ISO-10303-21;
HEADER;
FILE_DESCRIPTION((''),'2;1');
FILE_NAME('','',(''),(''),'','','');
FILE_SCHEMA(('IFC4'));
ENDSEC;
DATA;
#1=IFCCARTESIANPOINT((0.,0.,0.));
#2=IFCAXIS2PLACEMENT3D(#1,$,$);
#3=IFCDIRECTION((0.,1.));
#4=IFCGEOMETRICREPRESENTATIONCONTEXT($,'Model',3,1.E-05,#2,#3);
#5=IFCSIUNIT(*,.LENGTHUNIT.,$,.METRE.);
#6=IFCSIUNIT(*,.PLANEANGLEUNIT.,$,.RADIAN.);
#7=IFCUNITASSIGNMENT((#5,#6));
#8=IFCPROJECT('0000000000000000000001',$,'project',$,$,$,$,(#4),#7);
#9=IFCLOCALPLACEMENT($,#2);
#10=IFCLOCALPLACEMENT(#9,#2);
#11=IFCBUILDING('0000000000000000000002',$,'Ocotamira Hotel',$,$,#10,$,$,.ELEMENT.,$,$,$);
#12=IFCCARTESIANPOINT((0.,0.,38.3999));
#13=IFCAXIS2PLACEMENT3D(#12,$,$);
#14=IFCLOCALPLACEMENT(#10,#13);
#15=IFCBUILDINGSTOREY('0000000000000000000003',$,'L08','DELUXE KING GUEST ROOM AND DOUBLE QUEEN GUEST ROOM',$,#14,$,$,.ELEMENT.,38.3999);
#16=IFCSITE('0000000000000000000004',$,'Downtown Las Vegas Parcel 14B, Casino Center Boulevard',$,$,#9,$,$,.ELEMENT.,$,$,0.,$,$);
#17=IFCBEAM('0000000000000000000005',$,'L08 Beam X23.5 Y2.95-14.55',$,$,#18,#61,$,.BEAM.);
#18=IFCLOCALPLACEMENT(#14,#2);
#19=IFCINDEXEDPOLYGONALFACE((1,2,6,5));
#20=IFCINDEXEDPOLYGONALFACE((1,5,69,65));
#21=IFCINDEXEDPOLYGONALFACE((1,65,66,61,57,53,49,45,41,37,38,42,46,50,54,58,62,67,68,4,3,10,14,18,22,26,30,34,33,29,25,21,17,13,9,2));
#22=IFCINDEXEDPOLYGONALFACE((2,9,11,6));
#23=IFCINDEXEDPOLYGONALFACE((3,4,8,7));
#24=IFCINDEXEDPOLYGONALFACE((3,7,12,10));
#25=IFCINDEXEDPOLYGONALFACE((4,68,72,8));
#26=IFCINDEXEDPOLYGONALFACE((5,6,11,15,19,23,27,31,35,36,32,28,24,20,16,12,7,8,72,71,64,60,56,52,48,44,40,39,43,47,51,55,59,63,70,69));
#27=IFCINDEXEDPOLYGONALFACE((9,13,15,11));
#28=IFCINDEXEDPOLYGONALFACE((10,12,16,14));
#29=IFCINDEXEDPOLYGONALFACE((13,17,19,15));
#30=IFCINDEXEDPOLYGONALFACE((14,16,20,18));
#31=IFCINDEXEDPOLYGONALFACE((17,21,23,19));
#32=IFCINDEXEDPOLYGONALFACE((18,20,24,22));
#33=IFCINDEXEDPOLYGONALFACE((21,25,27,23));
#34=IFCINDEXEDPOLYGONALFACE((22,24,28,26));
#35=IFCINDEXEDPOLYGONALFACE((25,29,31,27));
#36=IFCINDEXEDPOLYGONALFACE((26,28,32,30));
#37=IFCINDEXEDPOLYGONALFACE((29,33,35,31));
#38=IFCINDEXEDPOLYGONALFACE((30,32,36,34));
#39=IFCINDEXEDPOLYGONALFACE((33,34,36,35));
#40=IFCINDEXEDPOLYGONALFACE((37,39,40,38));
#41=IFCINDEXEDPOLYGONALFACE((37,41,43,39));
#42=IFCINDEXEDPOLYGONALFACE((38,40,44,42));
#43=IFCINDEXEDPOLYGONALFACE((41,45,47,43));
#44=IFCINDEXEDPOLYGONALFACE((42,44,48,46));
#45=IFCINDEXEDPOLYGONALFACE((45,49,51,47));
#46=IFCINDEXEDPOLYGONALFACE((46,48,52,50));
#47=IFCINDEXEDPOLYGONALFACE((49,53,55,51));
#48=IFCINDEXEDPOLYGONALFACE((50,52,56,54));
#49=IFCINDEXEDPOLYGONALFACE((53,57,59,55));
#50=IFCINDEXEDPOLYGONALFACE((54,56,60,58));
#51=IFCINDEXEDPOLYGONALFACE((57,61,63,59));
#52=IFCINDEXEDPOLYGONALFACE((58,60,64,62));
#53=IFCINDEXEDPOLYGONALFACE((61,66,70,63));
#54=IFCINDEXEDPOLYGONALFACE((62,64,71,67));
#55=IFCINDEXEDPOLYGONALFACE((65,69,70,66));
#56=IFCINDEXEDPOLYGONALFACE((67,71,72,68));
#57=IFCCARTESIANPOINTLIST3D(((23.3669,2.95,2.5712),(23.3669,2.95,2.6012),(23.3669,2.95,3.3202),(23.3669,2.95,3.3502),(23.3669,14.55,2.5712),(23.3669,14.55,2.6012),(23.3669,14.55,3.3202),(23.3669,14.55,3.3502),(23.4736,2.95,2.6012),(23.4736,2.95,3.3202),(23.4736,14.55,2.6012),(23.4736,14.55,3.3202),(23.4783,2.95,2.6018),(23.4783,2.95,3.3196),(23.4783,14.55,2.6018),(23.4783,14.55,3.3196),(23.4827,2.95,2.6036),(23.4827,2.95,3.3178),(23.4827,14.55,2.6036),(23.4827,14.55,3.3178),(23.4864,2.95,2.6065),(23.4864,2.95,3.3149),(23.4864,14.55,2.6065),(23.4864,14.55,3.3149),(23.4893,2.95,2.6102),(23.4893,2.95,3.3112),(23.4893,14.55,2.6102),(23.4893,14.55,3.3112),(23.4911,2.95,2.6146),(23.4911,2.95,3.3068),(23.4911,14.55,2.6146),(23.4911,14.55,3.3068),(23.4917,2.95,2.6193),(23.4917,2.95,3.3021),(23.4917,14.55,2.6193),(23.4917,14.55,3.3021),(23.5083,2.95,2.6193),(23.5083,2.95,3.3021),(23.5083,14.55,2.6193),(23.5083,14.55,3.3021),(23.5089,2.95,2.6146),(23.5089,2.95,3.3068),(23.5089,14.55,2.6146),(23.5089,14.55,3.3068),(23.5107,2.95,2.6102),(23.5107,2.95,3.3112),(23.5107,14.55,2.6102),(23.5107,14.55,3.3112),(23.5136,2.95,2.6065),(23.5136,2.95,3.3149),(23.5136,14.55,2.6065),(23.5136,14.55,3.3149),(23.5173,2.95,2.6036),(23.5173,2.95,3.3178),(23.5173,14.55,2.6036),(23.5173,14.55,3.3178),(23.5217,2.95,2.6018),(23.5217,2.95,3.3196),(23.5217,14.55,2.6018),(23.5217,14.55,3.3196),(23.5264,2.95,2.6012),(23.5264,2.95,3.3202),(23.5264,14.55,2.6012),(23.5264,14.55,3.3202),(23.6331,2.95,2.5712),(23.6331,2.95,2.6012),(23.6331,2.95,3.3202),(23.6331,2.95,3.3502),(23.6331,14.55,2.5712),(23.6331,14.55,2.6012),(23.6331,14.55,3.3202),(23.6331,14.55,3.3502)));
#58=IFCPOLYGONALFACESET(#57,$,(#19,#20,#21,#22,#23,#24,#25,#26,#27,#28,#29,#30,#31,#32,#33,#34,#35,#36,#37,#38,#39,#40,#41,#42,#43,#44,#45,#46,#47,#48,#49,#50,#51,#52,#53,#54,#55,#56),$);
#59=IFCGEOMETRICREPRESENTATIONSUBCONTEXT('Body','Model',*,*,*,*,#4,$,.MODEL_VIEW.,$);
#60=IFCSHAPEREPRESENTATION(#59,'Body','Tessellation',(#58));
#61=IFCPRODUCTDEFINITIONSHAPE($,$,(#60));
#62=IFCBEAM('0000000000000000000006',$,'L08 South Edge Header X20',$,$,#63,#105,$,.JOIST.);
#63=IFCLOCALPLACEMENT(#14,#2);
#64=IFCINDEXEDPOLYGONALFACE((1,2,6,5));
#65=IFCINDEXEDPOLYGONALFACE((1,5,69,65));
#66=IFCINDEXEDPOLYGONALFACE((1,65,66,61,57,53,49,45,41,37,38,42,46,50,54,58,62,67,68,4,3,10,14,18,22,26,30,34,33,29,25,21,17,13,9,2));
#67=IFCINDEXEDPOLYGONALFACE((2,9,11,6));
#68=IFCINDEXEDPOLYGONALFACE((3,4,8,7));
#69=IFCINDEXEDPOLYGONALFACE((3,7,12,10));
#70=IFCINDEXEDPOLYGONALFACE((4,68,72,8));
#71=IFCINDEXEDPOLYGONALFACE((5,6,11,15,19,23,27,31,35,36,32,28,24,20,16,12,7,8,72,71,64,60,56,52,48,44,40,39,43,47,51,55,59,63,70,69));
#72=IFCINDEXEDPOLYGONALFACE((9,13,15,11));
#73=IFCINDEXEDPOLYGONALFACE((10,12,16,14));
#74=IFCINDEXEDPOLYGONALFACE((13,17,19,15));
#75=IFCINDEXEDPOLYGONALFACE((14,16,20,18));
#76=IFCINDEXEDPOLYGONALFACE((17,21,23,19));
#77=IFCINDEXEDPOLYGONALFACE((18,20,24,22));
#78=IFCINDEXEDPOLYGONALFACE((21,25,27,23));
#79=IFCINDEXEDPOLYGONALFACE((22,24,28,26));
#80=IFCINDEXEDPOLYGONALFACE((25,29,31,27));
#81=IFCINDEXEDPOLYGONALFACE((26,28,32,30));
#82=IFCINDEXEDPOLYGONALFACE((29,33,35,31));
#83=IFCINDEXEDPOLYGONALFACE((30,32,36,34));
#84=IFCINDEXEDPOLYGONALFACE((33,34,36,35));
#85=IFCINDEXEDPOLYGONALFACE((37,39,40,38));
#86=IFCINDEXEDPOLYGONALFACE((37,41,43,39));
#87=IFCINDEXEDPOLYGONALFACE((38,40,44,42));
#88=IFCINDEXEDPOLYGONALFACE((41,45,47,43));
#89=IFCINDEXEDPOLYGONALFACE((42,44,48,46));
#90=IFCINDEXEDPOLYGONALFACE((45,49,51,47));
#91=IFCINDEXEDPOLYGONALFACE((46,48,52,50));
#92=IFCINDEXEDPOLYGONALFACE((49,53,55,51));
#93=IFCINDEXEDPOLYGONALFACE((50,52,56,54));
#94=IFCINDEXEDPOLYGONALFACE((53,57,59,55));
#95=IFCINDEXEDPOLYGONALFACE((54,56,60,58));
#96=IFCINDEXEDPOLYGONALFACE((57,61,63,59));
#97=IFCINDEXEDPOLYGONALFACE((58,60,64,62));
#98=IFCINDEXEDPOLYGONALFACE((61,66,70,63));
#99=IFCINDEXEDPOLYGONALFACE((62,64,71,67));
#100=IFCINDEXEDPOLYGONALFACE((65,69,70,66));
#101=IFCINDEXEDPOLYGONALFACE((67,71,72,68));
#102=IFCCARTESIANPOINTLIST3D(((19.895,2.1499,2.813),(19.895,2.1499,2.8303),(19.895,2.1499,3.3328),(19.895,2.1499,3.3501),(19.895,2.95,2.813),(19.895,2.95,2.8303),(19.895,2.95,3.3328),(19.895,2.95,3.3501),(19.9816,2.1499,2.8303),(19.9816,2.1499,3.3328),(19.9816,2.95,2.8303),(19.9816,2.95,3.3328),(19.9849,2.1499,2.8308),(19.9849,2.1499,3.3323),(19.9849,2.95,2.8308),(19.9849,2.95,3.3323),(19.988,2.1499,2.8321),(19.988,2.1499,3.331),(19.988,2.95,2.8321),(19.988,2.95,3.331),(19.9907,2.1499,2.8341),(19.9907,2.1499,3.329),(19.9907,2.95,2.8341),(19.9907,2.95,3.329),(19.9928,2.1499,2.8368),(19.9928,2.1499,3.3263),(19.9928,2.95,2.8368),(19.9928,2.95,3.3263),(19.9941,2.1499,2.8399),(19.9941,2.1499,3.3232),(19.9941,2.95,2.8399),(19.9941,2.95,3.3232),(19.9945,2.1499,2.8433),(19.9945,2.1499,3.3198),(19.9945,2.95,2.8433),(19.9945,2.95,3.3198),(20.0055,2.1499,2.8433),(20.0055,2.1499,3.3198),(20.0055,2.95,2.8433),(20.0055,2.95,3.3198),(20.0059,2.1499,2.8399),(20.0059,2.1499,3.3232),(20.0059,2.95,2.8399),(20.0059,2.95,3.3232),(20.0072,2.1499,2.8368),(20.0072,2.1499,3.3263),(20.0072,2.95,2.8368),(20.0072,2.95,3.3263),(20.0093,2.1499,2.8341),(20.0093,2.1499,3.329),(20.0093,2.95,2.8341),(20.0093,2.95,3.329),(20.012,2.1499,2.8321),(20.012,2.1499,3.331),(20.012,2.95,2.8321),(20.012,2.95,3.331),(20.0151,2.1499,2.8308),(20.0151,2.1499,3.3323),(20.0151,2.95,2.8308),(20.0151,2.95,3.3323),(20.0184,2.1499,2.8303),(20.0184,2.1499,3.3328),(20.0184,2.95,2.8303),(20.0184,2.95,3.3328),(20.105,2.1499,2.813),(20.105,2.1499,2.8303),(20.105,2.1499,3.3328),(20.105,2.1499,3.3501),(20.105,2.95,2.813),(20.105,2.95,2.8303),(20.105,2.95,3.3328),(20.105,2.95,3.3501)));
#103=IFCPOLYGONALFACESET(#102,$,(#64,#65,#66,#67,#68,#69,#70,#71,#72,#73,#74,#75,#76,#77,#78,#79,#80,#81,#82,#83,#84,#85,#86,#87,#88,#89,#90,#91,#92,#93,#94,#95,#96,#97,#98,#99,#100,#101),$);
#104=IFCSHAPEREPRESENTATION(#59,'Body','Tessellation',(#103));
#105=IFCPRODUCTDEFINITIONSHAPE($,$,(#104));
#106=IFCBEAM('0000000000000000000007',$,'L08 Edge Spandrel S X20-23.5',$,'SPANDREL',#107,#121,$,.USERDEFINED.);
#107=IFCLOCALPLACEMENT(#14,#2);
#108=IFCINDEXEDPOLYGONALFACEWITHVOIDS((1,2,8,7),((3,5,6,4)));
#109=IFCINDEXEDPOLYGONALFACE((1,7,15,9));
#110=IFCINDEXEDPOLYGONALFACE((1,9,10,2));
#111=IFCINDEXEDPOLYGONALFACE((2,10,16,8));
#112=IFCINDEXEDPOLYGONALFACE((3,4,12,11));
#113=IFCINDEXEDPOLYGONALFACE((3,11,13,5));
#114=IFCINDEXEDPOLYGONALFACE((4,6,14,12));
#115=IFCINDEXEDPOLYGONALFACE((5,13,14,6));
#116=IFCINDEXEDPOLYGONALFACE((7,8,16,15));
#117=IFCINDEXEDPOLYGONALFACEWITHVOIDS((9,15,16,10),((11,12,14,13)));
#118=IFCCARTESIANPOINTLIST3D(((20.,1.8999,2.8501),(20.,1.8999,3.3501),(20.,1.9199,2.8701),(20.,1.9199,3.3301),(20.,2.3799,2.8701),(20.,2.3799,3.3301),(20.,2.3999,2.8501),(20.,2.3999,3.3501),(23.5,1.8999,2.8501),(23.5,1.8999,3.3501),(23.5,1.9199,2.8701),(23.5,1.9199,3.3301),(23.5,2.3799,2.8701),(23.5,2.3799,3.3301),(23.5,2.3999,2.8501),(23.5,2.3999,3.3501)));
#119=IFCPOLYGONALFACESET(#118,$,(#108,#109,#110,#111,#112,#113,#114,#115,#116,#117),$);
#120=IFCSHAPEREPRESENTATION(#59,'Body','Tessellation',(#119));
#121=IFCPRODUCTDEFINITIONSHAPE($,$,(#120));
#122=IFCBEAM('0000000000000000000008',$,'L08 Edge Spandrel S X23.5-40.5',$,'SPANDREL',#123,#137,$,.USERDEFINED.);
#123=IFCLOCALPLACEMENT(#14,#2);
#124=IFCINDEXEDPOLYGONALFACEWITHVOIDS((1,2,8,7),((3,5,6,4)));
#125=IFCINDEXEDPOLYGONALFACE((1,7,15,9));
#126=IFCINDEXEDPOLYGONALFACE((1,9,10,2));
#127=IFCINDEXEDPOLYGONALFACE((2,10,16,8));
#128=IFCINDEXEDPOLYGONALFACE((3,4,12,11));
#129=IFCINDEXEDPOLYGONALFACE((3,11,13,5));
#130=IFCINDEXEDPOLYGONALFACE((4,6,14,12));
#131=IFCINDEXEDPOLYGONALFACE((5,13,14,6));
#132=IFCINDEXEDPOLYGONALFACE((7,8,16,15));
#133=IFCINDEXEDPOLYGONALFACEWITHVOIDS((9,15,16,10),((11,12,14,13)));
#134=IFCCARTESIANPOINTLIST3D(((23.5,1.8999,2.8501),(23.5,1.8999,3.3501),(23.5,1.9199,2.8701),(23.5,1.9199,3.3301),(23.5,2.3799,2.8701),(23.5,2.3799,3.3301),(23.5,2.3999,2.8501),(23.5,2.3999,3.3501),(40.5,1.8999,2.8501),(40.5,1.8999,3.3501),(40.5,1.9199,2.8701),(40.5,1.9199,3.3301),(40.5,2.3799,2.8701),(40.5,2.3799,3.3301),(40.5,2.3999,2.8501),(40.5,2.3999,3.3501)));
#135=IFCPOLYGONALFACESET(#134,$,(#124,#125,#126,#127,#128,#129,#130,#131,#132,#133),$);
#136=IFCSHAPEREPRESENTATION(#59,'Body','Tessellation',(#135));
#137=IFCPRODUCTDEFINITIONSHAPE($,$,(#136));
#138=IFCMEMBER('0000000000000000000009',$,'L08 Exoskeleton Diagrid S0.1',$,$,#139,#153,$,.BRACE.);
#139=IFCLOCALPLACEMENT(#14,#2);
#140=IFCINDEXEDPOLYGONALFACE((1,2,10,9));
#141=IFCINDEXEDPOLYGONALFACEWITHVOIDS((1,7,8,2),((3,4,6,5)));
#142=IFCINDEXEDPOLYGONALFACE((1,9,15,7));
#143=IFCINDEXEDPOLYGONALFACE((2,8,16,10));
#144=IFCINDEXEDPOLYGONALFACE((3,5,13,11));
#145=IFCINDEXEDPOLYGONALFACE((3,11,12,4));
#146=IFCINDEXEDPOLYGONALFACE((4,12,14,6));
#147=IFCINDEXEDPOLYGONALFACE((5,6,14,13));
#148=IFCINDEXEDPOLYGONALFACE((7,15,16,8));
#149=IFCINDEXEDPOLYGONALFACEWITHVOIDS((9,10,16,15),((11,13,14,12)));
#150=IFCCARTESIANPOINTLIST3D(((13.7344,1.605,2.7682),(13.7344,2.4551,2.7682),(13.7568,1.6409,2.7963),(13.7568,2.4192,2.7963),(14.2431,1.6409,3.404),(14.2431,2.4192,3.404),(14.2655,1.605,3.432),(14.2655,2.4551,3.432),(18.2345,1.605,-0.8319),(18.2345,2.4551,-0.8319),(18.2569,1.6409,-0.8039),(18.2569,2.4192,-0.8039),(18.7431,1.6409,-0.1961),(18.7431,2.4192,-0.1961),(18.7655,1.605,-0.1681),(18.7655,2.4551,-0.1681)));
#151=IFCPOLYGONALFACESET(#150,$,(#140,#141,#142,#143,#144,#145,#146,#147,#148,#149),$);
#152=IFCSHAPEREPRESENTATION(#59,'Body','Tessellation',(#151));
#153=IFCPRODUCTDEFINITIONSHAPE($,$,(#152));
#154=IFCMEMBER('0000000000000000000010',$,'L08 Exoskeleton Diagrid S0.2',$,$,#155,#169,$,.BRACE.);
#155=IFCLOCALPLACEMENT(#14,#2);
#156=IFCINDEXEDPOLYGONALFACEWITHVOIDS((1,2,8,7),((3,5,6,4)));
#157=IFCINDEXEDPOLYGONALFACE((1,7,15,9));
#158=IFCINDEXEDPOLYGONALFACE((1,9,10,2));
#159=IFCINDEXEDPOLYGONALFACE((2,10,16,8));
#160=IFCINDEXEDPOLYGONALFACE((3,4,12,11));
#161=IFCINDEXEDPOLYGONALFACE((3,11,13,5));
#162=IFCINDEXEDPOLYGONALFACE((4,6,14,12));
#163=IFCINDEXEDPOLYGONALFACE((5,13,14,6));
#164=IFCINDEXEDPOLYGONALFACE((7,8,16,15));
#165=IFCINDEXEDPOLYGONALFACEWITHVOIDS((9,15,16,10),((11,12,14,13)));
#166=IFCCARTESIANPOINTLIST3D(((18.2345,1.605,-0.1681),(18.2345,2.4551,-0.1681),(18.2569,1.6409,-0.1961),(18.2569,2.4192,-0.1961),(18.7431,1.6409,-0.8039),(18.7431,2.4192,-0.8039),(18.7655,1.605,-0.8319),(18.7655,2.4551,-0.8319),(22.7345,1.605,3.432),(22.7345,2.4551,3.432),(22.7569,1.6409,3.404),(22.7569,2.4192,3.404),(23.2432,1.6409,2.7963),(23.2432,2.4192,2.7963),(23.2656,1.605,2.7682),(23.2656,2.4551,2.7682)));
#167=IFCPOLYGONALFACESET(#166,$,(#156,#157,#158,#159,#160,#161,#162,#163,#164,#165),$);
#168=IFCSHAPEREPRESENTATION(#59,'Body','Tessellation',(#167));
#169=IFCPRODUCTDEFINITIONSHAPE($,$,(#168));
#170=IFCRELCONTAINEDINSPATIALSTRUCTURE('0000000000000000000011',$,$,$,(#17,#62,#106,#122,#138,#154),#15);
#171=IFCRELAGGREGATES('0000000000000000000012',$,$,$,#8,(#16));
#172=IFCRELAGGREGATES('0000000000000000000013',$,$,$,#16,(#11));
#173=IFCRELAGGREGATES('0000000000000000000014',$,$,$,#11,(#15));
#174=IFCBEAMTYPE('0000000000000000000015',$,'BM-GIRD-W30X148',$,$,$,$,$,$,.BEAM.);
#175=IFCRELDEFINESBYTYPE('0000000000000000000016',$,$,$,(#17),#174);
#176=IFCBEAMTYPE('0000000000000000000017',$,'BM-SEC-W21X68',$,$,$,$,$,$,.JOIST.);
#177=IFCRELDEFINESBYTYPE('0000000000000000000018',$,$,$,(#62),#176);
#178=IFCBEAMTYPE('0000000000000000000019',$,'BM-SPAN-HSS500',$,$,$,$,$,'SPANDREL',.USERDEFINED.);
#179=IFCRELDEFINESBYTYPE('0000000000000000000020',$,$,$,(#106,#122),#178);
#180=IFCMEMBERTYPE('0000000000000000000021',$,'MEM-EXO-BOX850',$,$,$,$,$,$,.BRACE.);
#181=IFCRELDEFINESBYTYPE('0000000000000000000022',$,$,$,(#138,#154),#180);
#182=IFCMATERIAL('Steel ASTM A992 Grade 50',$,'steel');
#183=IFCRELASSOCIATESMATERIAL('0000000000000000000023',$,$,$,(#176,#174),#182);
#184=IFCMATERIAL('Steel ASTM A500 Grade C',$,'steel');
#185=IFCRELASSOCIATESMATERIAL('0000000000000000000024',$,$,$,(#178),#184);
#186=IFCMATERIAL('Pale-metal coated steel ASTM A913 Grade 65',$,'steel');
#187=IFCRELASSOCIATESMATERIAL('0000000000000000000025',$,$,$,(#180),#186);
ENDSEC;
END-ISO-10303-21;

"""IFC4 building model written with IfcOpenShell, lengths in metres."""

from ifc_helpers import new_model, si_unit, direction, frame, origin, origin_2d, place, context, subcontext, project, spatial, hollow_rectangle, i_section, extrude, source, transform, mapped, material, material_profile, profile_set, type_object, element, save


model = new_model("IFC4")

# Units and contexts
model_context = context("Model", 3, precision=1e-05, world=origin(), true_north=direction((0.0, 1.0)))
body_context = subcontext(model_context, "Body", "Model", "MODEL_VIEW")
ifc_project = project(units=[si_unit("LENGTHUNIT", "METRE"), si_unit("PLANEANGLEUNIT", "RADIAN")], contexts=[model_context])

# Site, building, storey
site_placement = place(None, origin())
site = spatial("IfcSite", under=ifc_project, at=site_placement, Name="Downtown Las Vegas Parcel 14B, Casino Center Boulevard", CompositionType="ELEMENT", RefElevation=0.0)
building_placement = place(site_placement, origin())
building = spatial("IfcBuilding", under=site, at=building_placement, Name="Ocotamira Hotel", CompositionType="ELEMENT")
storey_placement = place(building_placement, frame((0.0, 0.0, 38.3999)))
storey = spatial("IfcBuildingStorey", under=building, at=storey_placement, Name="L08", Description="DELUXE KING GUEST ROOM AND DOUBLE QUEEN GUEST ROOM", CompositionType="ELEMENT", Elevation=38.3999)

# Beams
ifc_material_1 = material(Name="Steel ASTM A992 Grade 50", Category="steel")
ifc_material_profile_1 = material_profile(ifc_material_1, i_section(OverallWidth=0.21, OverallDepth=0.5371, WebThickness=0.011, FlangeThickness=0.0173, FilletRadius=0.0129, at=origin_2d()), Name="W21X68")
ifc_profile_set_1 = profile_set([ifc_material_profile_1], Name="Steel ASTM A992 Grade 50")
beam_type_1 = type_object("IfcBeamType", Name="BM-SEC-W21X68", PredefinedType="JOIST", material=ifc_profile_set_1)
ifc_material_profile_2 = material_profile(ifc_material_1, i_section(OverallWidth=0.2661, OverallDepth=0.7791, WebThickness=0.0166, FlangeThickness=0.03, FilletRadius=0.0181, at=origin_2d()), Name="W30X148")
ifc_profile_set_2 = profile_set([ifc_material_profile_2], Name="Steel ASTM A992 Grade 50")
beam_type_2 = type_object("IfcBeamType", Name="BM-GIRD-W30X148", PredefinedType="BEAM", material=ifc_profile_set_2)
shared_shape_1 = source(origin(), body_context, "Body", "SweptSolid", [
    extrude(i_section(OverallWidth=0.2661, OverallDepth=0.7791, WebThickness=0.0166, FlangeThickness=0.03, FilletRadius=0.0181, at=origin_2d()), origin(), (0.0, 0.0, 1.0), 11.6001),
])
beam_1_placement = place(storey_placement, frame((23.5, 2.95, 2.9607), z_axis=(0.0, 1.0, 0.0), x_axis=(-1.0, 0.0, 0.0)))
element("IfcBeam", 1, at=beam_1_placement, inside=storey, type_object=beam_type_2, Name="L08 Beam X23.5 Y2.95-14.55", PredefinedType="BEAM", context=body_context, shape_type="MappedRepresentation", body=[
    mapped(shared_shape_1, transform((0.0, 0.0, 0.0), scale=1.0)),
])
shared_shape_2 = source(origin(), body_context, "Body", "SweptSolid", [
    extrude(i_section(OverallWidth=0.21, OverallDepth=0.5371, WebThickness=0.011, FlangeThickness=0.0173, FilletRadius=0.0129, at=origin_2d()), origin(), (0.0, 0.0, 1.0), 0.8),
])
beam_2_placement = place(storey_placement, frame((20.0, 2.95, 3.0815), z_axis=(0.0, -1.0, 0.0), x_axis=(1.0, 0.0, 0.0)))
element("IfcBeam", 2, at=beam_2_placement, inside=storey, type_object=beam_type_1, Name="L08 South Edge Header X20", PredefinedType="JOIST", context=body_context, shape_type="MappedRepresentation", body=[
    mapped(shared_shape_2, transform((0.0, 0.0, 0.0), scale=1.0)),
])
ifc_material_2 = material(Name="Steel ASTM A500 Grade C", Category="steel")
ifc_material_profile_3 = material_profile(ifc_material_2, hollow_rectangle(XDim=0.5, YDim=0.5, WallThickness=0.02, at=origin_2d()), Name="HSS500X500X20")
ifc_profile_set_3 = profile_set([ifc_material_profile_3], Name="Steel ASTM A500 Grade C")
beam_type_3 = type_object("IfcBeamType", Name="BM-SPAN-HSS500", ElementType="SPANDREL", PredefinedType="USERDEFINED", material=ifc_profile_set_3)
shared_shape_3 = source(origin(), body_context, "Body", "SweptSolid", [
    extrude(hollow_rectangle(XDim=0.5, YDim=0.5, WallThickness=0.02, at=origin_2d()), origin(), (0.0, 0.0, 1.0), 3.5),
])
beam_3_placement = place(storey_placement, frame((20.0, 2.1499, 3.1001), z_axis=(1.0, 0.0, 0.0), x_axis=(0.0, 1.0, 0.0)))
element("IfcBeam", 3, at=beam_3_placement, inside=storey, type_object=beam_type_3, Name="L08 Edge Spandrel S X20-23.5", ObjectType="SPANDREL", PredefinedType="USERDEFINED", context=body_context, shape_type="MappedRepresentation", body=[
    mapped(shared_shape_3, transform((0.0, 0.0, 0.0), scale=1.0)),
])
shared_shape_4 = source(origin(), body_context, "Body", "SweptSolid", [
    extrude(hollow_rectangle(XDim=0.5, YDim=0.5, WallThickness=0.02, at=origin_2d()), origin(), (0.0, 0.0, 1.0), 17.0),
])
beam_4_placement = place(storey_placement, frame((23.5, 2.1499, 3.1001), z_axis=(1.0, 0.0, 0.0), x_axis=(0.0, 1.0, 0.0)))
element("IfcBeam", 4, at=beam_4_placement, inside=storey, type_object=beam_type_3, Name="L08 Edge Spandrel S X23.5-40.5", ObjectType="SPANDREL", PredefinedType="USERDEFINED", context=body_context, shape_type="MappedRepresentation", body=[
    mapped(shared_shape_4, transform((0.0, 0.0, 0.0), scale=1.0)),
])

# Members
ifc_material_3 = material(Name="Pale-metal coated steel ASTM A913 Grade 65", Category="steel")
ifc_material_profile_4 = material_profile(ifc_material_3, hollow_rectangle(XDim=0.8501, YDim=0.8501, WallThickness=0.0359, at=origin_2d()), Name="BOX850X850X36")
ifc_profile_set_4 = profile_set([ifc_material_profile_4], Name="Pale-metal coated steel ASTM A913 Grade 65")
member_type_1 = type_object("IfcMemberType", Name="MEM-EXO-BOX850", PredefinedType="BRACE", material=ifc_profile_set_4)
shared_shape_5 = source(origin(), body_context, "Body", "SweptSolid", [
    extrude(hollow_rectangle(XDim=0.8501, YDim=0.8501, WallThickness=0.0359, at=origin_2d()), origin(), (0.0, 0.0, 1.0), 5.7629),
])
for number, where, z_axis, x_axis, name in (
    (5, (18.5, 2.03, -0.5), (-0.780861, 0.0, 0.624705), (0.0, -1.0, 0.0), "L08 Exoskeleton Diagrid S0.1"),
    (6, (18.5, 2.03, -0.5), (0.780861, 0.0, 0.624705), (0.0, 1.0, 0.0), "L08 Exoskeleton Diagrid S0.2"),
):
    element("IfcMember", number, at=place(storey_placement, frame(where, z_axis=z_axis, x_axis=x_axis)), inside=storey, type_object=member_type_1, Name=name, PredefinedType="BRACE", context=body_context, shape_type="MappedRepresentation", body=[
        mapped(shared_shape_5, transform((0.0, 0.0, 0.0), scale=1.0)),
    ])

save(model, "model.ifc")
